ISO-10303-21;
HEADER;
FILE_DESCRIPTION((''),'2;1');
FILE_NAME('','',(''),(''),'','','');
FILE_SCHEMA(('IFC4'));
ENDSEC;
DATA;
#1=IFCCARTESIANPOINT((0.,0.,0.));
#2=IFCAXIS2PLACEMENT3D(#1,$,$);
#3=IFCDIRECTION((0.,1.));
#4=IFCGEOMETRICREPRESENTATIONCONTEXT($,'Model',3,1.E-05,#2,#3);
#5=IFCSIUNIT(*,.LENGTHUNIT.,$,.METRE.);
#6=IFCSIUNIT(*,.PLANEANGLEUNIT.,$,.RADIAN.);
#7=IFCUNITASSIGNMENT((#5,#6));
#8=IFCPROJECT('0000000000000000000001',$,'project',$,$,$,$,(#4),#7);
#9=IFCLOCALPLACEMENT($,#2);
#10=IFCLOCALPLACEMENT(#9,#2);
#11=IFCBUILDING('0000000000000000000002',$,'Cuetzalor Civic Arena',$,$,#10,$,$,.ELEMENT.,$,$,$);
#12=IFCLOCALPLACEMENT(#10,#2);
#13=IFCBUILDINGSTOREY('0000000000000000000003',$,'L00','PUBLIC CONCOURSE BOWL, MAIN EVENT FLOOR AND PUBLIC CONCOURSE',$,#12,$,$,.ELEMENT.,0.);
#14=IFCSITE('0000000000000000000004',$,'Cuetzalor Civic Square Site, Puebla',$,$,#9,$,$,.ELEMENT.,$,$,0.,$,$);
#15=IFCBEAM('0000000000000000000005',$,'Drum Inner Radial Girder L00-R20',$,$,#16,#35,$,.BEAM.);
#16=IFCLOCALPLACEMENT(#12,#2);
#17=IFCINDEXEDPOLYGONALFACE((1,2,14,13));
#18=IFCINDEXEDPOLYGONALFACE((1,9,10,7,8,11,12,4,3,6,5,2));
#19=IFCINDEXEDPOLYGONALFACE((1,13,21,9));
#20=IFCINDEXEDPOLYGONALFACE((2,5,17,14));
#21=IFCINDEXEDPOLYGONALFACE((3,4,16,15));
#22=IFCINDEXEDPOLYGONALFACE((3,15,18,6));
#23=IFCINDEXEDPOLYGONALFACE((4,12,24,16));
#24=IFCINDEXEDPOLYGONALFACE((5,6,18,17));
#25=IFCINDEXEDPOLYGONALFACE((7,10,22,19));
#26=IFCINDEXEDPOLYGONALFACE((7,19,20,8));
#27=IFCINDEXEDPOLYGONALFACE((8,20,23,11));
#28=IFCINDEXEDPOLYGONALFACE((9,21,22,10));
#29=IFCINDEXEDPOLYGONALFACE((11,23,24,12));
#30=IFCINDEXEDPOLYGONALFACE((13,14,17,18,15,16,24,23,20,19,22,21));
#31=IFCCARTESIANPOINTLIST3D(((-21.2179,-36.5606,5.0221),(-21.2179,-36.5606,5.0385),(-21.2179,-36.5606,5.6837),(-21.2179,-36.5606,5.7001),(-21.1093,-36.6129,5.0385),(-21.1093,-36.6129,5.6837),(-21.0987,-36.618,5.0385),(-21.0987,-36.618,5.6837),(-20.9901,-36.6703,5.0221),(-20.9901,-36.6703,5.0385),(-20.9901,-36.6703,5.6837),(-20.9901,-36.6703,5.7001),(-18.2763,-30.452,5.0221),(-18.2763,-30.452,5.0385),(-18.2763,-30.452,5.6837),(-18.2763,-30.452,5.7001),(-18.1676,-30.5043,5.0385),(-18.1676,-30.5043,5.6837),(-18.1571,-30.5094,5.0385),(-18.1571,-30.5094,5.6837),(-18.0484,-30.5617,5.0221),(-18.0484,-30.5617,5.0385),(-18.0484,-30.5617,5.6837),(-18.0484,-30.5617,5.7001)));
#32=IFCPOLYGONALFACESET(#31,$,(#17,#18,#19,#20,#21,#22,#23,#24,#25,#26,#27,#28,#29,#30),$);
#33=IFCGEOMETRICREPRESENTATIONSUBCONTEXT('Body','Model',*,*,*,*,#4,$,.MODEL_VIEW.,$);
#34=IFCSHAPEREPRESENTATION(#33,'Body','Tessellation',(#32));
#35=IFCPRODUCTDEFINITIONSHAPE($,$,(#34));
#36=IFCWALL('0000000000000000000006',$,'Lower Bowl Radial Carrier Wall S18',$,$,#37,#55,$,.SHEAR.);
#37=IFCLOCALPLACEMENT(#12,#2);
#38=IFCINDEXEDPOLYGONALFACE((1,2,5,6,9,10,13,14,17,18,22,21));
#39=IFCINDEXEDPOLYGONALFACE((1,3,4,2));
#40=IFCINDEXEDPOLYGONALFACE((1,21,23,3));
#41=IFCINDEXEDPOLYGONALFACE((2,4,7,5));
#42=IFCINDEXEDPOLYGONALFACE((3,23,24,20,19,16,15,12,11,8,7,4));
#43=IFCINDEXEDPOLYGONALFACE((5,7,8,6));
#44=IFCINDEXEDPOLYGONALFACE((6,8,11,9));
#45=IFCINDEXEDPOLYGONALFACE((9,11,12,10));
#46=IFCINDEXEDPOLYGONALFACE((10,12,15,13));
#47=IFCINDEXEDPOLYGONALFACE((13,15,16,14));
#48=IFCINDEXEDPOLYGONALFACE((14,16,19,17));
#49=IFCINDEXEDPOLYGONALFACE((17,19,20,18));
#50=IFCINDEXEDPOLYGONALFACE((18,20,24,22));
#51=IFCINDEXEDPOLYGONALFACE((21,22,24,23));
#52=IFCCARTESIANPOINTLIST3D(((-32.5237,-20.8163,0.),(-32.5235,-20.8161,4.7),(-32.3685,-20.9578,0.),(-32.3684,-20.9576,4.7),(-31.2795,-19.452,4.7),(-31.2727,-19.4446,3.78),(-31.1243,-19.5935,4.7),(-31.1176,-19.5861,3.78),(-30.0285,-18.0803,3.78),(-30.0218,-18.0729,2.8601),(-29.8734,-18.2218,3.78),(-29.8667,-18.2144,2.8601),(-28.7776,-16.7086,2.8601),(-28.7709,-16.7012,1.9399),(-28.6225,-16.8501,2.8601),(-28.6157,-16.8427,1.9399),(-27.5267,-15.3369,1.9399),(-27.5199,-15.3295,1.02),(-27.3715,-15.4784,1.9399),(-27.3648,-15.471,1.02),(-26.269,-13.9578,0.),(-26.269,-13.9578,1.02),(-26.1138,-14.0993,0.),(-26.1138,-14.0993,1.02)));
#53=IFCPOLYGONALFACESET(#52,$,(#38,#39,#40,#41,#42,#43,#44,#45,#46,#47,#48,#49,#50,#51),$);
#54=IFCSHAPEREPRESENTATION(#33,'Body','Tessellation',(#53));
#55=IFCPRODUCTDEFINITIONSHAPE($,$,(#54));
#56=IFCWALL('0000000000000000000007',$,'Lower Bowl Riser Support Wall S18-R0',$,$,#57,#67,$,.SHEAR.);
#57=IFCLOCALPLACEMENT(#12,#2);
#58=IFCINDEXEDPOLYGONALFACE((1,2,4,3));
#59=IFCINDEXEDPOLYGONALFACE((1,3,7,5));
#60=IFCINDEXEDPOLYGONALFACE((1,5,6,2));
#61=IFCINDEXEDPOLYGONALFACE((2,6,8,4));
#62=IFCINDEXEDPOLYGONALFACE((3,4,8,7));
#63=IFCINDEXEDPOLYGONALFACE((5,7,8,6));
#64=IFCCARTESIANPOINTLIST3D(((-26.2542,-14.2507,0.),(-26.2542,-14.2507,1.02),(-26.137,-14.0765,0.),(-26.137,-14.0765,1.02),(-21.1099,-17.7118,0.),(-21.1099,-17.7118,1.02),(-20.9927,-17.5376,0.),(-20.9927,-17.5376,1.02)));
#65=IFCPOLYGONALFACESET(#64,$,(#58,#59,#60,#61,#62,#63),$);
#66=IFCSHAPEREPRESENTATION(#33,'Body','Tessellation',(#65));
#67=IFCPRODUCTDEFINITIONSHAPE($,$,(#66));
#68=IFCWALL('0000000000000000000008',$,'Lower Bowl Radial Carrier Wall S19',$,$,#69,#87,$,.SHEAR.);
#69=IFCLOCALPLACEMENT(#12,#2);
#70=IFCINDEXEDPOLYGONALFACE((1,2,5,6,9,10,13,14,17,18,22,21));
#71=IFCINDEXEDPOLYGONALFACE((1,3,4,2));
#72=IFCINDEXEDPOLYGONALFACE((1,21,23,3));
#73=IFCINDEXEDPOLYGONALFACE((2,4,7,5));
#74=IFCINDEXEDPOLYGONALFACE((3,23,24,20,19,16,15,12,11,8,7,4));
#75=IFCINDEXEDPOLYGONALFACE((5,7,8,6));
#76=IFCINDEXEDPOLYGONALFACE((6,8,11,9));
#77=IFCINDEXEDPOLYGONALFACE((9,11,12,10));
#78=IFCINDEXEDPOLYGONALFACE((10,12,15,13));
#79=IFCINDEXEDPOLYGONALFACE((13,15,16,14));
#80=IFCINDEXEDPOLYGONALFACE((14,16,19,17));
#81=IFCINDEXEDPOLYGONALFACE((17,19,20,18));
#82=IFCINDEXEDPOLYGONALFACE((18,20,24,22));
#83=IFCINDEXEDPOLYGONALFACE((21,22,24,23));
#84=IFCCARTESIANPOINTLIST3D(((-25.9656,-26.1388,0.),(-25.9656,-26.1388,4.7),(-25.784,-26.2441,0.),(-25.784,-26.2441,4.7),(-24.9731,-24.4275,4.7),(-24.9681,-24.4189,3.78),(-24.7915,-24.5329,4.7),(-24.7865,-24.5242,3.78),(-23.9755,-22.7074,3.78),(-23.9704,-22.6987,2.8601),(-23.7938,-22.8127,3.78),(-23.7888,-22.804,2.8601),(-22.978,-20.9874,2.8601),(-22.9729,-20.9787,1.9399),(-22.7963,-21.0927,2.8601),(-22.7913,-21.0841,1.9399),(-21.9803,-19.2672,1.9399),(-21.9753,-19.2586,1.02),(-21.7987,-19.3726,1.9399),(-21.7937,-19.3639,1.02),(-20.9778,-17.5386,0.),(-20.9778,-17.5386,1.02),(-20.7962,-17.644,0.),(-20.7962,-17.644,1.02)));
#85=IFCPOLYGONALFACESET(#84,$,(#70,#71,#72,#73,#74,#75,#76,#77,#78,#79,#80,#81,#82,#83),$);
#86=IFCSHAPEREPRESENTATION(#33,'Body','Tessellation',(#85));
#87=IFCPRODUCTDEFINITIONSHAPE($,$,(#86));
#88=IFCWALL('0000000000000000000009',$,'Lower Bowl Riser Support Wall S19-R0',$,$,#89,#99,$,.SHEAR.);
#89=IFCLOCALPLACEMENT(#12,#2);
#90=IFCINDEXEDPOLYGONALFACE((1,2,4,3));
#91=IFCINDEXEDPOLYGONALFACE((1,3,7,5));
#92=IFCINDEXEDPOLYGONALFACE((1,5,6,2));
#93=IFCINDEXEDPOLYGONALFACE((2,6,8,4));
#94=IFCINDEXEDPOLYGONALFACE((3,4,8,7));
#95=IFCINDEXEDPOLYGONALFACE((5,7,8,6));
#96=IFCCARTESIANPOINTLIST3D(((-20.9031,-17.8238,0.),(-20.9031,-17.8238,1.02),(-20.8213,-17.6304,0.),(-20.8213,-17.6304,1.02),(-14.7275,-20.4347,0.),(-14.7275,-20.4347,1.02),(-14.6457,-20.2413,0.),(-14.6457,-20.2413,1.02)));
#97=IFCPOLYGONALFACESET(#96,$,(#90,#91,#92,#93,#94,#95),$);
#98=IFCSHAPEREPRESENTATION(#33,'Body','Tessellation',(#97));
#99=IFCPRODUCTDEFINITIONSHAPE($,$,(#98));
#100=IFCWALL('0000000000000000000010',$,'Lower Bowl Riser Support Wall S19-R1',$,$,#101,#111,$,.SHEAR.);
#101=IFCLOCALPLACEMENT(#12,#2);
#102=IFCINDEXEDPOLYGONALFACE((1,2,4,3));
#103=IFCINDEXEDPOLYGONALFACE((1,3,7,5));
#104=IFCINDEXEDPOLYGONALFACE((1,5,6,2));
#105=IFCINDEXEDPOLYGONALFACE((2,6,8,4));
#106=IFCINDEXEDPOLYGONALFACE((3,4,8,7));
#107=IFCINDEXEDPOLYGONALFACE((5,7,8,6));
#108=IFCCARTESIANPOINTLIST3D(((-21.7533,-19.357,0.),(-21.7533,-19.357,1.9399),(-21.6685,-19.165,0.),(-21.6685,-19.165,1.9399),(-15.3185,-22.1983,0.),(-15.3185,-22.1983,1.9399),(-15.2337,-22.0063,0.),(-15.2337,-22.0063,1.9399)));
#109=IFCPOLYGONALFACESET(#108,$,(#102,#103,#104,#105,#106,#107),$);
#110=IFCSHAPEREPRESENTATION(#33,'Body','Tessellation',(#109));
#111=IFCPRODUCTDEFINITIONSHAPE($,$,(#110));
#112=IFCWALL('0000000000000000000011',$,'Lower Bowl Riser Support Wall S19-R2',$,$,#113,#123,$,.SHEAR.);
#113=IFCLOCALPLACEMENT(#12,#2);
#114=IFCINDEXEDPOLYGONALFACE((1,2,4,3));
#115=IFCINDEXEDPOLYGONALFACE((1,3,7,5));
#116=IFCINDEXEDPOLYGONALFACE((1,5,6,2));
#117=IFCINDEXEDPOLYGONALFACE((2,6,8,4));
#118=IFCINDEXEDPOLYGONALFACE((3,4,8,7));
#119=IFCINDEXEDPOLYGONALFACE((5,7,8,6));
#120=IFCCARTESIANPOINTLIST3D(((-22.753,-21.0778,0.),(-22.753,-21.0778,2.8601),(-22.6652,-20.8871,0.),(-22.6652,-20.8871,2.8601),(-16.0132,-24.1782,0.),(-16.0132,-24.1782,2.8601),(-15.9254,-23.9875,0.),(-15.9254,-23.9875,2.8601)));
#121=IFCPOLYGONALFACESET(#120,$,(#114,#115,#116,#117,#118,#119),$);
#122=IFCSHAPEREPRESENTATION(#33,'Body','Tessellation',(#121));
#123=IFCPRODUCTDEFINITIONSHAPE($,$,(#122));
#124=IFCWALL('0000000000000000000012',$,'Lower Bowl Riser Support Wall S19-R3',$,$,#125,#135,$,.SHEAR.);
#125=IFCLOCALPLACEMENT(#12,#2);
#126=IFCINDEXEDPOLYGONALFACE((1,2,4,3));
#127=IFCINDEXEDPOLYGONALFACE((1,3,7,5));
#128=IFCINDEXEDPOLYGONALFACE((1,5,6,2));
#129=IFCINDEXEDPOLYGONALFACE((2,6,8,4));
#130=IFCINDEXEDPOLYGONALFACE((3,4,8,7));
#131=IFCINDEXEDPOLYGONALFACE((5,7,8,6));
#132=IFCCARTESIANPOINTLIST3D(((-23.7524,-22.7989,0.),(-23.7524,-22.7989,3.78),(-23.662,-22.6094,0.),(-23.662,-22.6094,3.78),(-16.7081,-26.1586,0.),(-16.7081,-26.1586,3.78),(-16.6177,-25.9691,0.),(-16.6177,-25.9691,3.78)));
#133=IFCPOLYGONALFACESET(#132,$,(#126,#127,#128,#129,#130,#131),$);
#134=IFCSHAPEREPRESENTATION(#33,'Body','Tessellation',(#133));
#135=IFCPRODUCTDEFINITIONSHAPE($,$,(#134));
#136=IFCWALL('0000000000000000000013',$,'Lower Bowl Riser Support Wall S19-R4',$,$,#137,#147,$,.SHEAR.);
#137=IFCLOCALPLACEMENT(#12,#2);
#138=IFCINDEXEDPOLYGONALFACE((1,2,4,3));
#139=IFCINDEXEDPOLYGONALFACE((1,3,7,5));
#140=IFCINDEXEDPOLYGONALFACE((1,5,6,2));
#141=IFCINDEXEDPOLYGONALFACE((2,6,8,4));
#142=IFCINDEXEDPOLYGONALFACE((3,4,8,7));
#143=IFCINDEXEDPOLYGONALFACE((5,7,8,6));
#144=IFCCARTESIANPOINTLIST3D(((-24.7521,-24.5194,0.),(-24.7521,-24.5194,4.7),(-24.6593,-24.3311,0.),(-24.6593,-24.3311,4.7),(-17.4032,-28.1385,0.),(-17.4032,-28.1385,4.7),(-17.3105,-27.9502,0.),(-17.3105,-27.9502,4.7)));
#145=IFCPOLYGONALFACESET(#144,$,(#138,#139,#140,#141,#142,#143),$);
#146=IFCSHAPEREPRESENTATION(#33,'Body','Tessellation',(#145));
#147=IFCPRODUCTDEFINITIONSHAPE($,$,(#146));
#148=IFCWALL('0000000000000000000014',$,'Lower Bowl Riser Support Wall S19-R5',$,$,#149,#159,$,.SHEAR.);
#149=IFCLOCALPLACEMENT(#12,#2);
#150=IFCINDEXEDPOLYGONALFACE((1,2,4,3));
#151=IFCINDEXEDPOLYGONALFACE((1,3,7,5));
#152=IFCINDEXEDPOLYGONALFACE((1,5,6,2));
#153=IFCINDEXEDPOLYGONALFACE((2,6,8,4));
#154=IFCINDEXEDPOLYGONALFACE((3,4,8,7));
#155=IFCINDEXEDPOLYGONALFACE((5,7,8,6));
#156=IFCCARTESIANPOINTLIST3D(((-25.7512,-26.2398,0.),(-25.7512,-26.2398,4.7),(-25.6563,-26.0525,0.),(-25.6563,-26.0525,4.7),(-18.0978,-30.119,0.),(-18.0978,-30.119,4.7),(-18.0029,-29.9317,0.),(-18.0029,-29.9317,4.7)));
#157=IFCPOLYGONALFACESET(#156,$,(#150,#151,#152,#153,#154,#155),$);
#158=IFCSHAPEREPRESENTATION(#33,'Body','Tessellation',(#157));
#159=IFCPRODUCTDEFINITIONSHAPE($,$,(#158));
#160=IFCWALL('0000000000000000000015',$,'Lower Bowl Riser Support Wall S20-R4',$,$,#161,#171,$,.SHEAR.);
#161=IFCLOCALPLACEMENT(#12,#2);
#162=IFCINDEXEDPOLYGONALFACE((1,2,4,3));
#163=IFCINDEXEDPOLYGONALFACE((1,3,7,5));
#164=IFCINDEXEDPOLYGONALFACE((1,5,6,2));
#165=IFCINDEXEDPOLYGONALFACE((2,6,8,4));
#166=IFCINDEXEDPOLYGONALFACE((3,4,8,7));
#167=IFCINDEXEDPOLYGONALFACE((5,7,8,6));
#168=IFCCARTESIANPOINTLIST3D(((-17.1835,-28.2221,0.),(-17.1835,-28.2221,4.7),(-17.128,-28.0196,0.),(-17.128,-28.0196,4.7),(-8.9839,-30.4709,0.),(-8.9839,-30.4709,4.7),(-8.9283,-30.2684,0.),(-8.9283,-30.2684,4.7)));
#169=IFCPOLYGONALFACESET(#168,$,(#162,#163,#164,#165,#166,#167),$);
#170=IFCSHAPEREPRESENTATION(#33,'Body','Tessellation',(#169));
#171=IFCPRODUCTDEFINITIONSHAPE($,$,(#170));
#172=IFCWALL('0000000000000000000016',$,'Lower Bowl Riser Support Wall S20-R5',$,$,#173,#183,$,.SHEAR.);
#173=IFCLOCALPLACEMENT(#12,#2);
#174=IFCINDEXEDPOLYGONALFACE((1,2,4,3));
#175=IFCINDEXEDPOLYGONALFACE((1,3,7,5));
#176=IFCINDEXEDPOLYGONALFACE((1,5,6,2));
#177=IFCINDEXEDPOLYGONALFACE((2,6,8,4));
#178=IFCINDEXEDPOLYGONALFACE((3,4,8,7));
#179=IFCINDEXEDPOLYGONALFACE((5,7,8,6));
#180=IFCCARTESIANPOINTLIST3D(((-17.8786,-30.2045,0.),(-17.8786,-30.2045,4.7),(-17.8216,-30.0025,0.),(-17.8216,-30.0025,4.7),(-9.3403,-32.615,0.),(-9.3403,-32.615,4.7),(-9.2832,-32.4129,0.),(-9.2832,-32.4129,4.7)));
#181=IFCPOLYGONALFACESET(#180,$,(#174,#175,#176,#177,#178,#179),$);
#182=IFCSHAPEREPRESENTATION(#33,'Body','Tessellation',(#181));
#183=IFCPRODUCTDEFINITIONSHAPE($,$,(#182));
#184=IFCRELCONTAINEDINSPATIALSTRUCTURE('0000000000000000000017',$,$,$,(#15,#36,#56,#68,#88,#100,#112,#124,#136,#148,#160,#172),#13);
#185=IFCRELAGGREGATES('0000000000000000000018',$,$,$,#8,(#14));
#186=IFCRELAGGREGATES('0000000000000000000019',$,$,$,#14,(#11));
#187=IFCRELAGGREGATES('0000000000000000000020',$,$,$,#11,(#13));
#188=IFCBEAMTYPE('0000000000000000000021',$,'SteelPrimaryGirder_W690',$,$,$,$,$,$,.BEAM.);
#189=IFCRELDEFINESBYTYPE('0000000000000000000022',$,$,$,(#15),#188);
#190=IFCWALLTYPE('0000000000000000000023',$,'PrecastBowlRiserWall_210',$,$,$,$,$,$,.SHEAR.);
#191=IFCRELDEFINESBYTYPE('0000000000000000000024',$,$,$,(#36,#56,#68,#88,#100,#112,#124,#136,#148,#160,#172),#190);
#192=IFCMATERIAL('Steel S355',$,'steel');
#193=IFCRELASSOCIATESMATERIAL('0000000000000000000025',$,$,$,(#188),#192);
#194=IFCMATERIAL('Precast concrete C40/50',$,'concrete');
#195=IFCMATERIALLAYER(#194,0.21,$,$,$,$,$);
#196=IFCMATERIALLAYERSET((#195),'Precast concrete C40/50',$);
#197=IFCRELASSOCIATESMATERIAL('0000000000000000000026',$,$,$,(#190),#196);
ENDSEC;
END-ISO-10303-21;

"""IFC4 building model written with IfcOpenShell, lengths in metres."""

from ifc_helpers import new_model, si_unit, direction, frame, frame_2d, origin, origin_2d, place, context, subcontext, project, spatial, polyline, rectangle, i_section, outline, extrude, material, layer, layer_set, material_profile, profile_set, type_object, element, save


model = new_model("IFC4")

# Units and contexts
model_context = context("Model", 3, precision=1e-05, world=origin(), true_north=direction((0.0, 1.0)))
body_context = subcontext(model_context, "Body", "Model", "MODEL_VIEW")
ifc_project = project(units=[si_unit("LENGTHUNIT", "METRE"), si_unit("PLANEANGLEUNIT", "RADIAN")], contexts=[model_context])

# Site, building, storey
site_placement = place(None, origin())
site = spatial("IfcSite", under=ifc_project, at=site_placement, Name="Cuetzalor Civic Square Site, Puebla", CompositionType="ELEMENT", RefElevation=0.0)
building_placement = place(site_placement, origin())
building = spatial("IfcBuilding", under=site, at=building_placement, Name="Cuetzalor Civic Arena", CompositionType="ELEMENT")
storey_placement = place(building_placement, origin())
storey = spatial("IfcBuildingStorey", under=building, at=storey_placement, Name="L00", Description="PUBLIC CONCOURSE BOWL, MAIN EVENT FLOOR AND PUBLIC CONCOURSE", CompositionType="ELEMENT", Elevation=0.0)

# Beam
ifc_material_1 = material(Name="Steel S355", Category="steel")
ifc_material_profile_1 = material_profile(ifc_material_1, i_section(OverallWidth=0.2529, OverallDepth=0.678, WebThickness=0.0117, FlangeThickness=0.0164, at=origin_2d()), Name="W690x125")
ifc_profile_set_1 = profile_set([ifc_material_profile_1], Name="Steel S355")
beam_type_1 = type_object("IfcBeamType", Name="SteelPrimaryGirder_W690", PredefinedType="BEAM", material=ifc_profile_set_1)
beam_1_placement = place(storey_placement, frame((-18.1624, -30.5068, 5.3611), z_axis=(-0.43387, -0.900976, 0.0), x_axis=(0.900976, -0.43387, 0.0)))
element("IfcBeam", 1, at=beam_1_placement, inside=storey, type_object=beam_type_1, Name="Drum Inner Radial Girder L00-R20", PredefinedType="BEAM", context=body_context, shape_type="SweptSolid", body=[
    extrude(i_section(OverallWidth=0.2529, OverallDepth=0.678, WebThickness=0.0117, FlangeThickness=0.0164, at=origin_2d()), origin(), (0.0, 0.0, 1.0), 6.78),
])

# Walls
ifc_material_2 = material(Name="Precast concrete C40/50", Category="concrete")
ifc_layer = layer(ifc_material_2, 0.21)
ifc_layer_set = layer_set([ifc_layer], Name="Precast concrete C40/50")
wall_type = type_object("IfcWallType", Name="PrecastBowlRiserWall_210", PredefinedType="SHEAR", material=ifc_layer_set)
wall_1_placement = place(storey_placement, frame((-26.1914, -14.0286, 0.0), z_axis=(0.0, 0.0, 1.0), x_axis=(-0.673836, -0.738881, 0.0)))
element("IfcWall", 2, at=wall_1_placement, inside=storey, type_object=wall_type, Name="Lower Bowl Radial Carrier Wall S18", PredefinedType="SHEAR", context=body_context, shape_type="SweptSolid", body=[
    extrude(outline(polyline([(0.0, 0.0), (9.2822, 0.0), (9.282, 4.7), (7.4358, 4.7), (7.4258, 3.78), (5.5793, 3.78), (5.5693, 2.8601), (3.7229, 2.8601), (3.7129, 1.9399), (1.8665, 1.9399), (1.8564, 1.02), (0.0, 1.02), (0.0, 0.0)])), frame((0.0, 0.105, 0.0), z_axis=(0.0, -1.0, 0.0), x_axis=(1.0, 0.0, 0.0)), (0.0, 0.0, 1.0), 0.21),
])
wall_2_placement = place(storey_placement, frame((-26.1956, -14.1636, 0.0), z_axis=(0.0, 0.0, 1.0), x_axis=(0.829686, -0.55823, 0.0)))
element("IfcWall", 3, at=wall_2_placement, inside=storey, type_object=wall_type, Name="Lower Bowl Riser Support Wall S18-R0", PredefinedType="SHEAR", context=body_context, shape_type="SweptSolid", body=[
    extrude(rectangle(XDim=6.2002, YDim=0.21, at=frame_2d((3.1001, 0.0))), origin(), (0.0, 0.0, 1.0), 1.02),
])
wall_3_placement = place(storey_placement, frame((-20.887, -17.5913, 0.0), z_axis=(0.0, 0.0, 1.0), x_axis=(-0.501698, -0.865043, 0.0)))
element("IfcWall", 4, at=wall_3_placement, inside=storey, type_object=wall_type, Name="Lower Bowl Radial Carrier Wall S19", PredefinedType="SHEAR", context=body_context, shape_type="SweptSolid", body=[
    extrude(outline(polyline([(0.0, 0.0), (9.9419, 0.0), (9.9419, 4.7), (7.9636, 4.7), (7.9536, 3.78), (5.9751, 3.78), (5.9651, 2.8601), (3.9868, 2.8601), (3.9768, 1.9399), (1.9983, 1.9399), (1.9883, 1.02), (0.0, 1.02), (0.0, 0.0)])), frame((0.0, 0.105, 0.0), z_axis=(0.0, -1.0, 0.0), x_axis=(1.0, 0.0, 0.0)), (0.0, 0.0, 1.0), 0.21),
])
wall_4_placement = place(storey_placement, frame((-20.8623, -17.7271, 0.0), z_axis=(0.0, 0.0, 1.0), x_axis=(0.921068, -0.389401, 0.0)))
element("IfcWall", 5, at=wall_4_placement, inside=storey, type_object=wall_type, Name="Lower Bowl Riser Support Wall S19-R0", PredefinedType="SHEAR", context=body_context, shape_type="SweptSolid", body=[
    extrude(rectangle(XDim=6.7048, YDim=0.21, at=frame_2d((3.3525, 0.0))), origin(), (0.0, 0.0, 1.0), 1.02),
])
wall_5_placement = place(storey_placement, frame((-21.7109, -19.261, 0.0), z_axis=(0.0, 0.0, 1.0), x_axis=(0.914791, -0.403928, 0.0)))
element("IfcWall", 6, at=wall_5_placement, inside=storey, type_object=wall_type, Name="Lower Bowl Riser Support Wall S19-R1", PredefinedType="SHEAR", context=body_context, shape_type="SweptSolid", body=[
    extrude(rectangle(XDim=7.0342, YDim=0.21, at=frame_2d((3.5171, 0.0))), origin(), (0.0, 0.0, 1.0), 1.9399),
])
wall_6_placement = place(storey_placement, frame((-22.7092, -20.9824, 0.0), z_axis=(0.0, 0.0, 1.0), x_axis=(0.908487, -0.417912, 0.0)))
element("IfcWall", 7, at=wall_6_placement, inside=storey, type_object=wall_type, Name="Lower Bowl Riser Support Wall S19-R2", PredefinedType="SHEAR", context=body_context, shape_type="SweptSolid", body=[
    extrude(rectangle(XDim=7.4187, YDim=0.21, at=frame_2d((3.7095, 0.0))), origin(), (0.0, 0.0, 1.0), 2.8601),
])
wall_7_placement = place(storey_placement, frame((-23.7073, -22.7041, 0.0), z_axis=(0.0, 0.0, 1.0), x_axis=(0.9026, -0.430481, 0.0)))
element("IfcWall", 8, at=wall_7_placement, inside=storey, type_object=wall_type, Name="Lower Bowl Riser Support Wall S19-R3", PredefinedType="SHEAR", context=body_context, shape_type="SweptSolid", body=[
    extrude(rectangle(XDim=7.8044, YDim=0.21, at=frame_2d((3.9023, 0.0))), origin(), (0.0, 0.0, 1.0), 3.78),
])
wall_8_placement = place(storey_placement, frame((-24.7056, -24.4253, 0.0), z_axis=(0.0, 0.0, 1.0), x_axis=(0.897111, -0.441805, 0.0)))
element("IfcWall", 9, at=wall_8_placement, inside=storey, type_object=wall_type, Name="Lower Bowl Riser Support Wall S19-R4", PredefinedType="SHEAR", context=body_context, shape_type="SweptSolid", body=[
    extrude(rectangle(XDim=8.1917, YDim=0.21, at=frame_2d((4.0957, 0.0))), origin(), (0.0, 0.0, 1.0), 4.7),
])
wall_9_placement = place(storey_placement, frame((-25.7036, -26.1462, 0.0), z_axis=(0.0, 0.0, 1.0), x_axis=(0.891967, -0.452101, 0.0)))
element("IfcWall", 10, at=wall_9_placement, inside=storey, type_object=wall_type, Name="Lower Bowl Riser Support Wall S19-R5", PredefinedType="SHEAR", context=body_context, shape_type="SweptSolid", body=[
    extrude(rectangle(XDim=8.5803, YDim=0.21, at=frame_2d((4.29, 0.0))), origin(), (0.0, 0.0, 1.0), 4.7),
])
wall_10_placement = place(storey_placement, frame((-17.1558, -28.1208, 0.0), z_axis=(0.0, 0.0, 1.0), x_axis=(0.96439, -0.264485, 0.0)))
element("IfcWall", 11, at=wall_10_placement, inside=storey, type_object=wall_type, Name="Lower Bowl Riser Support Wall S20-R4", PredefinedType="SHEAR", context=body_context, shape_type="SweptSolid", body=[
    extrude(rectangle(XDim=8.5024, YDim=0.21, at=frame_2d((4.2512, 0.0))), origin(), (0.0, 0.0, 1.0), 4.7),
])
wall_11_placement = place(storey_placement, frame((-17.8501, -30.1035, 0.0), z_axis=(0.0, 0.0, 1.0), x_axis=(0.962386, -0.271685, 0.0)))
element("IfcWall", 12, at=wall_11_placement, inside=storey, type_object=wall_type, Name="Lower Bowl Riser Support Wall S20-R5", PredefinedType="SHEAR", context=body_context, shape_type="SweptSolid", body=[
    extrude(rectangle(XDim=8.8721, YDim=0.21, at=frame_2d((4.436, 0.0))), origin(), (0.0, 0.0, 1.0), 4.7),
])

save(model, "model.ifc")
